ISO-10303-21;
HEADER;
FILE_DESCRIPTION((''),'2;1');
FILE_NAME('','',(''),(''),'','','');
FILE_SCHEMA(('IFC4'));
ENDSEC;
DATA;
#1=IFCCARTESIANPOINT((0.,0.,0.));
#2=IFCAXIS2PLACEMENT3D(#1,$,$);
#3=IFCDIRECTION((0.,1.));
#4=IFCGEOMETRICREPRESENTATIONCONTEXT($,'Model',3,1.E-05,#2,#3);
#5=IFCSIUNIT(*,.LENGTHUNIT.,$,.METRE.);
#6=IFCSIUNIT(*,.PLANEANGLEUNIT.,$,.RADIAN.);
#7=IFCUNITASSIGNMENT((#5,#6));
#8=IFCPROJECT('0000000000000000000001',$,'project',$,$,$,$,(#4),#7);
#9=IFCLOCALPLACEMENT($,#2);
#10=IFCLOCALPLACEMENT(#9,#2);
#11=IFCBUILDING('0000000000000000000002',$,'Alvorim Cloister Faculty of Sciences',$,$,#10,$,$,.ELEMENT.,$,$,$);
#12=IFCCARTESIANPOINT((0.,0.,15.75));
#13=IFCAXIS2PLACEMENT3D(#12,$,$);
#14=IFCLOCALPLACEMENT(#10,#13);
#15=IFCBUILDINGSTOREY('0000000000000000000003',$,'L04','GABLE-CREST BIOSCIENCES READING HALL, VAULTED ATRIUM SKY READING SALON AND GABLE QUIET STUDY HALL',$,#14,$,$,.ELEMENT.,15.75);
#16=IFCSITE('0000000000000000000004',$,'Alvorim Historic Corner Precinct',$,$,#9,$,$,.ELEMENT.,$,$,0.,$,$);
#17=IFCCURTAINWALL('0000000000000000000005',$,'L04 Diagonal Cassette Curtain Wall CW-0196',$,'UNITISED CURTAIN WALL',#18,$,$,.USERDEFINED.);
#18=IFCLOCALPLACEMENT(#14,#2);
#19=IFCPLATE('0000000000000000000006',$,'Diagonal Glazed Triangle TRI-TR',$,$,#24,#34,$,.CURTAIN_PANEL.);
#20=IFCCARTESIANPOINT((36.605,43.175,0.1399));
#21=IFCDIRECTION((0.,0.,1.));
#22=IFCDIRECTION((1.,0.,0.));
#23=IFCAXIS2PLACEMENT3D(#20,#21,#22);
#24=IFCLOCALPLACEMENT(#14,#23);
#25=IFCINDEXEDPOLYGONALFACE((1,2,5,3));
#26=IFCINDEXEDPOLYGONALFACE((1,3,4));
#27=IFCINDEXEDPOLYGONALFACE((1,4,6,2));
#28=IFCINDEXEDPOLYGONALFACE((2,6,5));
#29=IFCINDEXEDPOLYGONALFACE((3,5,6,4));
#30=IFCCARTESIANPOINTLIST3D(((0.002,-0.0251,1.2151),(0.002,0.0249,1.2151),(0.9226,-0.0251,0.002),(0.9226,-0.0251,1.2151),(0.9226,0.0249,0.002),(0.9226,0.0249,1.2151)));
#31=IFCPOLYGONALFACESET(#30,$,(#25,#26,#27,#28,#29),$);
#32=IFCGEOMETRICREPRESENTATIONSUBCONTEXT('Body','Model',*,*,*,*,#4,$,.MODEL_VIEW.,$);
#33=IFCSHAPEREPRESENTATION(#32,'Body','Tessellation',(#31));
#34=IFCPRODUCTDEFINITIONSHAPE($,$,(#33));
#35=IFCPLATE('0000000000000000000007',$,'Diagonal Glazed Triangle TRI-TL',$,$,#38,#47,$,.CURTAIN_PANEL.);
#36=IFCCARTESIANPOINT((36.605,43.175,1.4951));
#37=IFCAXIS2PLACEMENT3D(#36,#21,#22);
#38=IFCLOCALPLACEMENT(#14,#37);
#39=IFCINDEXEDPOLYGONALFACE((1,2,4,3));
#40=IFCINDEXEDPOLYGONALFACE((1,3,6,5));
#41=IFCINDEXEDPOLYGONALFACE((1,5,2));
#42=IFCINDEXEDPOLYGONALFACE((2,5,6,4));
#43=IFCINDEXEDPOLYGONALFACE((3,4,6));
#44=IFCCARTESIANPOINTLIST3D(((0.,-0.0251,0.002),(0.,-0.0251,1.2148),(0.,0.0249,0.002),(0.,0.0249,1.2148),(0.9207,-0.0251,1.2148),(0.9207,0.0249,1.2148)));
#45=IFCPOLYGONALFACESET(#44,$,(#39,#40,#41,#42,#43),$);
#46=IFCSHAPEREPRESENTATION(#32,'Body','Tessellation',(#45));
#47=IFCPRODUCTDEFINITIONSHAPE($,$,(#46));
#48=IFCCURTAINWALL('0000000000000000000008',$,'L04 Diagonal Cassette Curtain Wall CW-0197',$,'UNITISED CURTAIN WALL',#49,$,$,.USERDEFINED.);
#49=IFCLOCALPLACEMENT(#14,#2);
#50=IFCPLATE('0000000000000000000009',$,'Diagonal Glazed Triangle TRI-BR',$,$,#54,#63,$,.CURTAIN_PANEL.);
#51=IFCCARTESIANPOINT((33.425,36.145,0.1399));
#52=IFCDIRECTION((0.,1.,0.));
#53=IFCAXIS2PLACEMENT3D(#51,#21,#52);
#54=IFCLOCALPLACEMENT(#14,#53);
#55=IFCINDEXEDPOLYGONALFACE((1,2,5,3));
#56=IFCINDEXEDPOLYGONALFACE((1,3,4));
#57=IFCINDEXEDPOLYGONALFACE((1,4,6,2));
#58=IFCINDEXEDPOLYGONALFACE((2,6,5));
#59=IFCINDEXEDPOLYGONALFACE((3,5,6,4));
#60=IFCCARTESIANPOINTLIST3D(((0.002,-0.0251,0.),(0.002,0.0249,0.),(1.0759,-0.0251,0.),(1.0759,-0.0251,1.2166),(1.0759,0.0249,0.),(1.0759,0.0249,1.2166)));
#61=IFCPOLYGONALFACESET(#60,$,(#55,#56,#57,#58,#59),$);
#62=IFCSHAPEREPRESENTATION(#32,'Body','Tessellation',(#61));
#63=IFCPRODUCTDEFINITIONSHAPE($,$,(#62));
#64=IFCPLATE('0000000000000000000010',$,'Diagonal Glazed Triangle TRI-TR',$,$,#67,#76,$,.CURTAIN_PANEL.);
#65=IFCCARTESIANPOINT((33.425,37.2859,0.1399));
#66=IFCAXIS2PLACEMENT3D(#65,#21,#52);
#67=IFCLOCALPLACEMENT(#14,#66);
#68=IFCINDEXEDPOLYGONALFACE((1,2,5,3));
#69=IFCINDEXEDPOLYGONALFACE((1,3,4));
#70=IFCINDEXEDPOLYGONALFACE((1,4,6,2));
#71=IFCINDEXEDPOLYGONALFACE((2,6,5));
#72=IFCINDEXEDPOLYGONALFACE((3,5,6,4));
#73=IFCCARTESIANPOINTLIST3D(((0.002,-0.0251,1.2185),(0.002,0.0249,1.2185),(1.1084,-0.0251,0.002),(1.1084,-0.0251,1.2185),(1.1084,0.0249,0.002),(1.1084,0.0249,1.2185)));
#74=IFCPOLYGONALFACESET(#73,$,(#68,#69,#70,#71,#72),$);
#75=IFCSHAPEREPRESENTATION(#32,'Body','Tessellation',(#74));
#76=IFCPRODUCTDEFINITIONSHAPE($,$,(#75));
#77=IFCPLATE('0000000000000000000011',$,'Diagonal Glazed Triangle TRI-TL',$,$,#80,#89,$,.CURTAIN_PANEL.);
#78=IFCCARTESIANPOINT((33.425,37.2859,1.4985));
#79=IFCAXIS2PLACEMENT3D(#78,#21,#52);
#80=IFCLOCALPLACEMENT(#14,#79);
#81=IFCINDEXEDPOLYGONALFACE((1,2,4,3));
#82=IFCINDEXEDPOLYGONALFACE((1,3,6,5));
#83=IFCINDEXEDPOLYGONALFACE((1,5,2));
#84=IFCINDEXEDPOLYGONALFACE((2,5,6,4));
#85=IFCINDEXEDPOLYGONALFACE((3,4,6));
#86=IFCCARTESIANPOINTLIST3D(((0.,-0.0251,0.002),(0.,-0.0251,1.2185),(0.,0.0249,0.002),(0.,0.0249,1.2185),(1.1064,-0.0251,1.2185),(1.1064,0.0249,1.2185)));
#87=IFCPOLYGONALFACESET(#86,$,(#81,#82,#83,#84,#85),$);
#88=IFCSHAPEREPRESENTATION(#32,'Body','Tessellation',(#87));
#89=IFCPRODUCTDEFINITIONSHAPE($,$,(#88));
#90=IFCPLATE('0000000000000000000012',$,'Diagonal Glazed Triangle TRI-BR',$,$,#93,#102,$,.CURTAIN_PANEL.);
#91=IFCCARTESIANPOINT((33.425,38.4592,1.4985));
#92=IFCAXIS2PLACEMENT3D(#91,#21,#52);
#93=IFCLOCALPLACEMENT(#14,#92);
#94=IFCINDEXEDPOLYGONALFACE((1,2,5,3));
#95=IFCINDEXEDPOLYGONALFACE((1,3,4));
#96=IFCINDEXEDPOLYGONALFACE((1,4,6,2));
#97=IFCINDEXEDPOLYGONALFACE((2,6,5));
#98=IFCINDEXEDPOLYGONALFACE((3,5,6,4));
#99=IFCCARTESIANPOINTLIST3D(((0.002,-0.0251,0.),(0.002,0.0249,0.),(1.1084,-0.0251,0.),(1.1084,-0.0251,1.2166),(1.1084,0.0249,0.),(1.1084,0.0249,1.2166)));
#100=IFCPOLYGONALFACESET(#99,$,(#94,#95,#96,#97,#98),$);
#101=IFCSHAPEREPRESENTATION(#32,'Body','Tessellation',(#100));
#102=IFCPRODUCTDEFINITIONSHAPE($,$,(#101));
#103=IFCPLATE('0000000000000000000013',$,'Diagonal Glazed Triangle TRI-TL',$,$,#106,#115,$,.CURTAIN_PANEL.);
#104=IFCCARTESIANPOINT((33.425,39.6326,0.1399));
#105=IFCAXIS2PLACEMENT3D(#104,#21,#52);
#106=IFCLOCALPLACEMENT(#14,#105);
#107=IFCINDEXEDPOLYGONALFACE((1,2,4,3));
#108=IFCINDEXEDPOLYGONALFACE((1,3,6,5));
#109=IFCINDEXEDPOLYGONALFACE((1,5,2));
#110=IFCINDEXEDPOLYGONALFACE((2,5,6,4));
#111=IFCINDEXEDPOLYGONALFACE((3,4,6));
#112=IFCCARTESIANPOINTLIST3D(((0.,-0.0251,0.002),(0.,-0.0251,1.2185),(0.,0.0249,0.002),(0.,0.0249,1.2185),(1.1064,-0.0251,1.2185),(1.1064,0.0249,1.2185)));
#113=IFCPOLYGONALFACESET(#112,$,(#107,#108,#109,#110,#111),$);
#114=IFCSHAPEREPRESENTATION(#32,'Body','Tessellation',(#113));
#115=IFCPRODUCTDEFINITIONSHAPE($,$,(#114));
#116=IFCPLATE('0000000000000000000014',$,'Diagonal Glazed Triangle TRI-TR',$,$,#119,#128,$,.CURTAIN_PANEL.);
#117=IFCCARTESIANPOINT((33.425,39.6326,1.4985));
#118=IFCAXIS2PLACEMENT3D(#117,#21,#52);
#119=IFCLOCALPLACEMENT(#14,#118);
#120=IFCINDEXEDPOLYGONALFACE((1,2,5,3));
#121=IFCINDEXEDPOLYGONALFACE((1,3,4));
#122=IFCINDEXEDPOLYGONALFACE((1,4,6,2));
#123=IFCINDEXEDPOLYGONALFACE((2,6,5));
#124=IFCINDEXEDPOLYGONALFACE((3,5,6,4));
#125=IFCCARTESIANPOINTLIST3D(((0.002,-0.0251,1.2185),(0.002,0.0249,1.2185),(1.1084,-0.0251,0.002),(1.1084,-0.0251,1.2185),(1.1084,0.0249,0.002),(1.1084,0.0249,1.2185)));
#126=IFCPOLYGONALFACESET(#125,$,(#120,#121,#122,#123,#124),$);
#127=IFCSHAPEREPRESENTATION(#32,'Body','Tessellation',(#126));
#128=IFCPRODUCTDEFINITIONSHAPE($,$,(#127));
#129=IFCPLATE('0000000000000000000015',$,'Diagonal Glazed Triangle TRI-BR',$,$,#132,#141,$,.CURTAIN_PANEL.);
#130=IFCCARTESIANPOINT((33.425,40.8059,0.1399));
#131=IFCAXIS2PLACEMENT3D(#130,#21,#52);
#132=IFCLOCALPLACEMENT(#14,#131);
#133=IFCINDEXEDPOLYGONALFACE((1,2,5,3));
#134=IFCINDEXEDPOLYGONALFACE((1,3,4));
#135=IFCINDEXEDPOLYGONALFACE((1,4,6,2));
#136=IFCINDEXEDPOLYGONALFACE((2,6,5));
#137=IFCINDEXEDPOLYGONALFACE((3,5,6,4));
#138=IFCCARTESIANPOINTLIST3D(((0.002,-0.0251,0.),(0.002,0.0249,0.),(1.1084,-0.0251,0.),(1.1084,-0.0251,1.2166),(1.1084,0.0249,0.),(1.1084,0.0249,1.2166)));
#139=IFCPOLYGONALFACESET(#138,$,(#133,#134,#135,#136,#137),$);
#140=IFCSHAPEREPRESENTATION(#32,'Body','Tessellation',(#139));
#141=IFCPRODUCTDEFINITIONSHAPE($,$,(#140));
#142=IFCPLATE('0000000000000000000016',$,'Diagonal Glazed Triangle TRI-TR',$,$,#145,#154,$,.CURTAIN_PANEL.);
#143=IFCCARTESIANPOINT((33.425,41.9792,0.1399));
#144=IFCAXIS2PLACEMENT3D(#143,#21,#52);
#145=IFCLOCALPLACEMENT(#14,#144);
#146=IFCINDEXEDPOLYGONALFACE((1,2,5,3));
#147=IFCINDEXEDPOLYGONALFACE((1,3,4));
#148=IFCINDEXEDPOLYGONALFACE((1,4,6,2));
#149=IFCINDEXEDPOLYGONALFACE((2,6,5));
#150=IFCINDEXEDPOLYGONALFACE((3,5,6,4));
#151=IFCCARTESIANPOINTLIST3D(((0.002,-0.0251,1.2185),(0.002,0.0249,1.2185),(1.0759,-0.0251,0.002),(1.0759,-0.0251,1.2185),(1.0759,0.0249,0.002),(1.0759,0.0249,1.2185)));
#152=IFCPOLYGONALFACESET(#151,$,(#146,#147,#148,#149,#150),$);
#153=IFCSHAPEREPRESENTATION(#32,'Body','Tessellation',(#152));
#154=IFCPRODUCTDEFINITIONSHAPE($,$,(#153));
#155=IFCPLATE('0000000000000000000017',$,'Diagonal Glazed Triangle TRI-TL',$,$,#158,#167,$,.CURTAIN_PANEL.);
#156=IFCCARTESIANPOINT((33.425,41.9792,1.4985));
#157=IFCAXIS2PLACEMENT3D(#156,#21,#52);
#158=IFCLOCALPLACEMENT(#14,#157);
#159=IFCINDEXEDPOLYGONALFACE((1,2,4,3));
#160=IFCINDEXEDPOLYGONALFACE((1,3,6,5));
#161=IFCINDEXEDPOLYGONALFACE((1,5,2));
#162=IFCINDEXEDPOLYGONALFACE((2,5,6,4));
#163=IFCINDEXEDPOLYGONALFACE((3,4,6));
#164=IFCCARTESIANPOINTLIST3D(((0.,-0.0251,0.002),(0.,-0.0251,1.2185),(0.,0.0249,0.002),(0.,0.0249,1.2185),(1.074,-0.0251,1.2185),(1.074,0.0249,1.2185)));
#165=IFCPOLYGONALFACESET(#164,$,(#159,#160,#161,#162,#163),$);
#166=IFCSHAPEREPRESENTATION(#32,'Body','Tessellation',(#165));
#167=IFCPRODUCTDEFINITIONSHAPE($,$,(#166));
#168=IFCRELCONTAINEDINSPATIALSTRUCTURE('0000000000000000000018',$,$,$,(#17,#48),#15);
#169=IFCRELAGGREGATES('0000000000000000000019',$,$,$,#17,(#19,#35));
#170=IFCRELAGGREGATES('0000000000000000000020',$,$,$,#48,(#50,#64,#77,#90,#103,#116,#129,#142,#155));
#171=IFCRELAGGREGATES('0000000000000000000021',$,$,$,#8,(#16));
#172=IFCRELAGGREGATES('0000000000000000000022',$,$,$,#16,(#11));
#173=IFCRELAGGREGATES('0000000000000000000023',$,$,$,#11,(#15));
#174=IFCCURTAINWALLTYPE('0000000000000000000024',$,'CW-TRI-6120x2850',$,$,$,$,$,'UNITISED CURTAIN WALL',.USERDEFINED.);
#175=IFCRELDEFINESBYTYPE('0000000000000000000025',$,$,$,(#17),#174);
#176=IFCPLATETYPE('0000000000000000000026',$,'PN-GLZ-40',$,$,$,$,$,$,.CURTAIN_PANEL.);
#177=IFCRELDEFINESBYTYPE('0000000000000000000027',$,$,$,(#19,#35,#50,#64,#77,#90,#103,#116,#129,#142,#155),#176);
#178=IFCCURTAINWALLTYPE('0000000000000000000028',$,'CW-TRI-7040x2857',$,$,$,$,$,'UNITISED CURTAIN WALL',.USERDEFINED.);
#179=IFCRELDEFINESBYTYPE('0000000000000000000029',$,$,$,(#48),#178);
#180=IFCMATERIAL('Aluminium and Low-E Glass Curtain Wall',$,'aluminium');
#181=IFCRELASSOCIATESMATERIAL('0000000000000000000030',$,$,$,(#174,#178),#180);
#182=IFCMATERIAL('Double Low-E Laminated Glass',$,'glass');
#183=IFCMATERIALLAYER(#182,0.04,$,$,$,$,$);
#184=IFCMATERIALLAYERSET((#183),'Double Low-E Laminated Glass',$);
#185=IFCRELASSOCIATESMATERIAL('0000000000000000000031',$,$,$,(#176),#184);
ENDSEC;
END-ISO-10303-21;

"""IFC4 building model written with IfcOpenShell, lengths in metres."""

from ifc_helpers import new_model, si_unit, direction, frame, origin, place, context, subcontext, project, spatial, polyline, outline, extrude, material, layer, layer_set, type_object, element, aggregate, save


model = new_model("IFC4")

# Units and contexts
model_context = context("Model", 3, precision=1e-05, world=origin(), true_north=direction((0.0, 1.0)))
body_context = subcontext(model_context, "Body", "Model", "MODEL_VIEW")
ifc_project = project(units=[si_unit("LENGTHUNIT", "METRE"), si_unit("PLANEANGLEUNIT", "RADIAN")], contexts=[model_context])

# Site, building, storey
site_placement = place(None, origin())
site = spatial("IfcSite", under=ifc_project, at=site_placement, Name="Alvorim Historic Corner Precinct", CompositionType="ELEMENT", RefElevation=0.0)
building_placement = place(site_placement, origin())
building = spatial("IfcBuilding", under=site, at=building_placement, Name="Alvorim Cloister Faculty of Sciences", CompositionType="ELEMENT")
storey_placement = place(building_placement, frame((0.0, 0.0, 15.75)))
storey = spatial("IfcBuildingStorey", under=building, at=storey_placement, Name="L04", Description="GABLE-CREST BIOSCIENCES READING HALL, VAULTED ATRIUM SKY READING SALON AND GABLE QUIET STUDY HALL", CompositionType="ELEMENT", Elevation=15.75)

# Curtain walls, plates
ifc_material_1 = material(Name="Aluminium and Low-E Glass Curtain Wall", Category="aluminium")
curtain_wall_type_1 = type_object("IfcCurtainWallType", Name="CW-TRI-6120x2850", ElementType="UNITISED CURTAIN WALL", PredefinedType="USERDEFINED", material=ifc_material_1)
curtain_wall_1_placement = place(storey_placement, origin())
curtain_wall_1 = element("IfcCurtainWall", 1, at=curtain_wall_1_placement, inside=storey, type_object=curtain_wall_type_1, Name="L04 Diagonal Cassette Curtain Wall CW-0196", ObjectType="UNITISED CURTAIN WALL", PredefinedType="USERDEFINED")
ifc_material_2 = material(Name="Double Low-E Laminated Glass", Category="glass")
ifc_layer_1 = layer(ifc_material_2, 0.04)
ifc_layer_set_1 = layer_set([ifc_layer_1], Name="Double Low-E Laminated Glass")
plate_type = type_object("IfcPlateType", Name="PN-GLZ-40", PredefinedType="CURTAIN_PANEL", material=ifc_layer_set_1)
plate_1_placement = place(storey_placement, frame((36.605, 43.175, 0.1399), z_axis=(0.0, 0.0, 1.0), x_axis=(1.0, 0.0, 0.0)))
plate_1 = element("IfcPlate", 2, at=plate_1_placement, type_object=plate_type, Name="Diagonal Glazed Triangle TRI-TR", PredefinedType="CURTAIN_PANEL", context=body_context, shape_type="SweptSolid", body=[
    extrude(outline(polyline([(0.9226, 0.002), (0.9226, 1.2151), (0.002, 1.2151), (0.9226, 0.002)])), frame((0.0, 0.0249, 0.0), z_axis=(0.0, -1.0, 0.0), x_axis=(1.0, 0.0, 0.0)), (0.0, 0.0, 1.0), 0.05),
])
plate_2_placement = place(storey_placement, frame((36.605, 43.175, 1.4951), z_axis=(0.0, 0.0, 1.0), x_axis=(1.0, 0.0, 0.0)))
plate_2 = element("IfcPlate", 3, at=plate_2_placement, type_object=plate_type, Name="Diagonal Glazed Triangle TRI-TL", PredefinedType="CURTAIN_PANEL", context=body_context, shape_type="SweptSolid", body=[
    extrude(outline(polyline([(0.9207, 1.2148), (0.0, 1.2148), (0.0, 0.002), (0.9207, 1.2148)])), frame((0.0, 0.0249, 0.0), z_axis=(0.0, -1.0, 0.0), x_axis=(1.0, 0.0, 0.0)), (0.0, 0.0, 1.0), 0.05),
])
aggregate(curtain_wall_1, [plate_1, plate_2])
curtain_wall_type_2 = type_object("IfcCurtainWallType", Name="CW-TRI-7040x2857", ElementType="UNITISED CURTAIN WALL", PredefinedType="USERDEFINED", material=ifc_material_1)
curtain_wall_2_placement = place(storey_placement, origin())
curtain_wall_2 = element("IfcCurtainWall", 4, at=curtain_wall_2_placement, inside=storey, type_object=curtain_wall_type_2, Name="L04 Diagonal Cassette Curtain Wall CW-0197", ObjectType="UNITISED CURTAIN WALL", PredefinedType="USERDEFINED")
plate_3_placement = place(storey_placement, frame((33.425, 36.145, 0.1399), z_axis=(0.0, 0.0, 1.0), x_axis=(0.0, 1.0, 0.0)))
plate_3 = element("IfcPlate", 5, at=plate_3_placement, type_object=plate_type, Name="Diagonal Glazed Triangle TRI-BR", PredefinedType="CURTAIN_PANEL", context=body_context, shape_type="SweptSolid", body=[
    extrude(outline(polyline([(0.002, 0.0), (1.0759, 0.0), (1.0759, 1.2166), (0.002, 0.0)])), frame((0.0, 0.0249, 0.0), z_axis=(0.0, -1.0, 0.0), x_axis=(1.0, 0.0, 0.0)), (0.0, 0.0, 1.0), 0.05),
])
plate_4_placement = place(storey_placement, frame((33.425, 37.2859, 0.1399), z_axis=(0.0, 0.0, 1.0), x_axis=(0.0, 1.0, 0.0)))
plate_4 = element("IfcPlate", 6, at=plate_4_placement, type_object=plate_type, Name="Diagonal Glazed Triangle TRI-TR", PredefinedType="CURTAIN_PANEL", context=body_context, shape_type="SweptSolid", body=[
    extrude(outline(polyline([(1.1084, 0.002), (1.1084, 1.2185), (0.002, 1.2185), (1.1084, 0.002)])), frame((0.0, 0.0249, 0.0), z_axis=(0.0, -1.0, 0.0), x_axis=(1.0, 0.0, 0.0)), (0.0, 0.0, 1.0), 0.05),
])
plate_5_placement = place(storey_placement, frame((33.425, 37.2859, 1.4985), z_axis=(0.0, 0.0, 1.0), x_axis=(0.0, 1.0, 0.0)))
plate_5 = element("IfcPlate", 7, at=plate_5_placement, type_object=plate_type, Name="Diagonal Glazed Triangle TRI-TL", PredefinedType="CURTAIN_PANEL", context=body_context, shape_type="SweptSolid", body=[
    extrude(outline(polyline([(1.1064, 1.2185), (0.0, 1.2185), (0.0, 0.002), (1.1064, 1.2185)])), frame((0.0, 0.0249, 0.0), z_axis=(0.0, -1.0, 0.0), x_axis=(1.0, 0.0, 0.0)), (0.0, 0.0, 1.0), 0.05),
])
plate_6_placement = place(storey_placement, frame((33.425, 38.4592, 1.4985), z_axis=(0.0, 0.0, 1.0), x_axis=(0.0, 1.0, 0.0)))
plate_6 = element("IfcPlate", 8, at=plate_6_placement, type_object=plate_type, Name="Diagonal Glazed Triangle TRI-BR", PredefinedType="CURTAIN_PANEL", context=body_context, shape_type="SweptSolid", body=[
    extrude(outline(polyline([(0.002, 0.0), (1.1084, 0.0), (1.1084, 1.2166), (0.002, 0.0)])), frame((0.0, 0.0249, 0.0), z_axis=(0.0, -1.0, 0.0), x_axis=(1.0, 0.0, 0.0)), (0.0, 0.0, 1.0), 0.05),
])
plate_7_placement = place(storey_placement, frame((33.425, 39.6326, 0.1399), z_axis=(0.0, 0.0, 1.0), x_axis=(0.0, 1.0, 0.0)))
plate_7 = element("IfcPlate", 9, at=plate_7_placement, type_object=plate_type, Name="Diagonal Glazed Triangle TRI-TL", PredefinedType="CURTAIN_PANEL", context=body_context, shape_type="SweptSolid", body=[
    extrude(outline(polyline([(1.1064, 1.2185), (0.0, 1.2185), (0.0, 0.002), (1.1064, 1.2185)])), frame((0.0, 0.0249, 0.0), z_axis=(0.0, -1.0, 0.0), x_axis=(1.0, 0.0, 0.0)), (0.0, 0.0, 1.0), 0.05),
])
plate_8_placement = place(storey_placement, frame((33.425, 39.6326, 1.4985), z_axis=(0.0, 0.0, 1.0), x_axis=(0.0, 1.0, 0.0)))
plate_8 = element("IfcPlate", 10, at=plate_8_placement, type_object=plate_type, Name="Diagonal Glazed Triangle TRI-TR", PredefinedType="CURTAIN_PANEL", context=body_context, shape_type="SweptSolid", body=[
    extrude(outline(polyline([(1.1084, 0.002), (1.1084, 1.2185), (0.002, 1.2185), (1.1084, 0.002)])), frame((0.0, 0.0249, 0.0), z_axis=(0.0, -1.0, 0.0), x_axis=(1.0, 0.0, 0.0)), (0.0, 0.0, 1.0), 0.05),
])
plate_9_placement = place(storey_placement, frame((33.425, 40.8059, 0.1399), z_axis=(0.0, 0.0, 1.0), x_axis=(0.0, 1.0, 0.0)))
plate_9 = element("IfcPlate", 11, at=plate_9_placement, type_object=plate_type, Name="Diagonal Glazed Triangle TRI-BR", PredefinedType="CURTAIN_PANEL", context=body_context, shape_type="SweptSolid", body=[
    extrude(outline(polyline([(0.002, 0.0), (1.1084, 0.0), (1.1084, 1.2166), (0.002, 0.0)])), frame((0.0, 0.0249, 0.0), z_axis=(0.0, -1.0, 0.0), x_axis=(1.0, 0.0, 0.0)), (0.0, 0.0, 1.0), 0.05),
])
plate_10_placement = place(storey_placement, frame((33.425, 41.9792, 0.1399), z_axis=(0.0, 0.0, 1.0), x_axis=(0.0, 1.0, 0.0)))
plate_10 = element("IfcPlate", 12, at=plate_10_placement, type_object=plate_type, Name="Diagonal Glazed Triangle TRI-TR", PredefinedType="CURTAIN_PANEL", context=body_context, shape_type="SweptSolid", body=[
    extrude(outline(polyline([(1.0759, 0.002), (1.0759, 1.2185), (0.002, 1.2185), (1.0759, 0.002)])), frame((0.0, 0.0249, 0.0), z_axis=(0.0, -1.0, 0.0), x_axis=(1.0, 0.0, 0.0)), (0.0, 0.0, 1.0), 0.05),
])
plate_11_placement = place(storey_placement, frame((33.425, 41.9792, 1.4985), z_axis=(0.0, 0.0, 1.0), x_axis=(0.0, 1.0, 0.0)))
plate_11 = element("IfcPlate", 13, at=plate_11_placement, type_object=plate_type, Name="Diagonal Glazed Triangle TRI-TL", PredefinedType="CURTAIN_PANEL", context=body_context, shape_type="SweptSolid", body=[
    extrude(outline(polyline([(1.074, 1.2185), (0.0, 1.2185), (0.0, 0.002), (1.074, 1.2185)])), frame((0.0, 0.0249, 0.0), z_axis=(0.0, -1.0, 0.0), x_axis=(1.0, 0.0, 0.0)), (0.0, 0.0, 1.0), 0.05),
])
aggregate(curtain_wall_2, [plate_3, plate_4, plate_5, plate_6, plate_7, plate_8, plate_9, plate_10, plate_11])

save(model, "model.ifc")
